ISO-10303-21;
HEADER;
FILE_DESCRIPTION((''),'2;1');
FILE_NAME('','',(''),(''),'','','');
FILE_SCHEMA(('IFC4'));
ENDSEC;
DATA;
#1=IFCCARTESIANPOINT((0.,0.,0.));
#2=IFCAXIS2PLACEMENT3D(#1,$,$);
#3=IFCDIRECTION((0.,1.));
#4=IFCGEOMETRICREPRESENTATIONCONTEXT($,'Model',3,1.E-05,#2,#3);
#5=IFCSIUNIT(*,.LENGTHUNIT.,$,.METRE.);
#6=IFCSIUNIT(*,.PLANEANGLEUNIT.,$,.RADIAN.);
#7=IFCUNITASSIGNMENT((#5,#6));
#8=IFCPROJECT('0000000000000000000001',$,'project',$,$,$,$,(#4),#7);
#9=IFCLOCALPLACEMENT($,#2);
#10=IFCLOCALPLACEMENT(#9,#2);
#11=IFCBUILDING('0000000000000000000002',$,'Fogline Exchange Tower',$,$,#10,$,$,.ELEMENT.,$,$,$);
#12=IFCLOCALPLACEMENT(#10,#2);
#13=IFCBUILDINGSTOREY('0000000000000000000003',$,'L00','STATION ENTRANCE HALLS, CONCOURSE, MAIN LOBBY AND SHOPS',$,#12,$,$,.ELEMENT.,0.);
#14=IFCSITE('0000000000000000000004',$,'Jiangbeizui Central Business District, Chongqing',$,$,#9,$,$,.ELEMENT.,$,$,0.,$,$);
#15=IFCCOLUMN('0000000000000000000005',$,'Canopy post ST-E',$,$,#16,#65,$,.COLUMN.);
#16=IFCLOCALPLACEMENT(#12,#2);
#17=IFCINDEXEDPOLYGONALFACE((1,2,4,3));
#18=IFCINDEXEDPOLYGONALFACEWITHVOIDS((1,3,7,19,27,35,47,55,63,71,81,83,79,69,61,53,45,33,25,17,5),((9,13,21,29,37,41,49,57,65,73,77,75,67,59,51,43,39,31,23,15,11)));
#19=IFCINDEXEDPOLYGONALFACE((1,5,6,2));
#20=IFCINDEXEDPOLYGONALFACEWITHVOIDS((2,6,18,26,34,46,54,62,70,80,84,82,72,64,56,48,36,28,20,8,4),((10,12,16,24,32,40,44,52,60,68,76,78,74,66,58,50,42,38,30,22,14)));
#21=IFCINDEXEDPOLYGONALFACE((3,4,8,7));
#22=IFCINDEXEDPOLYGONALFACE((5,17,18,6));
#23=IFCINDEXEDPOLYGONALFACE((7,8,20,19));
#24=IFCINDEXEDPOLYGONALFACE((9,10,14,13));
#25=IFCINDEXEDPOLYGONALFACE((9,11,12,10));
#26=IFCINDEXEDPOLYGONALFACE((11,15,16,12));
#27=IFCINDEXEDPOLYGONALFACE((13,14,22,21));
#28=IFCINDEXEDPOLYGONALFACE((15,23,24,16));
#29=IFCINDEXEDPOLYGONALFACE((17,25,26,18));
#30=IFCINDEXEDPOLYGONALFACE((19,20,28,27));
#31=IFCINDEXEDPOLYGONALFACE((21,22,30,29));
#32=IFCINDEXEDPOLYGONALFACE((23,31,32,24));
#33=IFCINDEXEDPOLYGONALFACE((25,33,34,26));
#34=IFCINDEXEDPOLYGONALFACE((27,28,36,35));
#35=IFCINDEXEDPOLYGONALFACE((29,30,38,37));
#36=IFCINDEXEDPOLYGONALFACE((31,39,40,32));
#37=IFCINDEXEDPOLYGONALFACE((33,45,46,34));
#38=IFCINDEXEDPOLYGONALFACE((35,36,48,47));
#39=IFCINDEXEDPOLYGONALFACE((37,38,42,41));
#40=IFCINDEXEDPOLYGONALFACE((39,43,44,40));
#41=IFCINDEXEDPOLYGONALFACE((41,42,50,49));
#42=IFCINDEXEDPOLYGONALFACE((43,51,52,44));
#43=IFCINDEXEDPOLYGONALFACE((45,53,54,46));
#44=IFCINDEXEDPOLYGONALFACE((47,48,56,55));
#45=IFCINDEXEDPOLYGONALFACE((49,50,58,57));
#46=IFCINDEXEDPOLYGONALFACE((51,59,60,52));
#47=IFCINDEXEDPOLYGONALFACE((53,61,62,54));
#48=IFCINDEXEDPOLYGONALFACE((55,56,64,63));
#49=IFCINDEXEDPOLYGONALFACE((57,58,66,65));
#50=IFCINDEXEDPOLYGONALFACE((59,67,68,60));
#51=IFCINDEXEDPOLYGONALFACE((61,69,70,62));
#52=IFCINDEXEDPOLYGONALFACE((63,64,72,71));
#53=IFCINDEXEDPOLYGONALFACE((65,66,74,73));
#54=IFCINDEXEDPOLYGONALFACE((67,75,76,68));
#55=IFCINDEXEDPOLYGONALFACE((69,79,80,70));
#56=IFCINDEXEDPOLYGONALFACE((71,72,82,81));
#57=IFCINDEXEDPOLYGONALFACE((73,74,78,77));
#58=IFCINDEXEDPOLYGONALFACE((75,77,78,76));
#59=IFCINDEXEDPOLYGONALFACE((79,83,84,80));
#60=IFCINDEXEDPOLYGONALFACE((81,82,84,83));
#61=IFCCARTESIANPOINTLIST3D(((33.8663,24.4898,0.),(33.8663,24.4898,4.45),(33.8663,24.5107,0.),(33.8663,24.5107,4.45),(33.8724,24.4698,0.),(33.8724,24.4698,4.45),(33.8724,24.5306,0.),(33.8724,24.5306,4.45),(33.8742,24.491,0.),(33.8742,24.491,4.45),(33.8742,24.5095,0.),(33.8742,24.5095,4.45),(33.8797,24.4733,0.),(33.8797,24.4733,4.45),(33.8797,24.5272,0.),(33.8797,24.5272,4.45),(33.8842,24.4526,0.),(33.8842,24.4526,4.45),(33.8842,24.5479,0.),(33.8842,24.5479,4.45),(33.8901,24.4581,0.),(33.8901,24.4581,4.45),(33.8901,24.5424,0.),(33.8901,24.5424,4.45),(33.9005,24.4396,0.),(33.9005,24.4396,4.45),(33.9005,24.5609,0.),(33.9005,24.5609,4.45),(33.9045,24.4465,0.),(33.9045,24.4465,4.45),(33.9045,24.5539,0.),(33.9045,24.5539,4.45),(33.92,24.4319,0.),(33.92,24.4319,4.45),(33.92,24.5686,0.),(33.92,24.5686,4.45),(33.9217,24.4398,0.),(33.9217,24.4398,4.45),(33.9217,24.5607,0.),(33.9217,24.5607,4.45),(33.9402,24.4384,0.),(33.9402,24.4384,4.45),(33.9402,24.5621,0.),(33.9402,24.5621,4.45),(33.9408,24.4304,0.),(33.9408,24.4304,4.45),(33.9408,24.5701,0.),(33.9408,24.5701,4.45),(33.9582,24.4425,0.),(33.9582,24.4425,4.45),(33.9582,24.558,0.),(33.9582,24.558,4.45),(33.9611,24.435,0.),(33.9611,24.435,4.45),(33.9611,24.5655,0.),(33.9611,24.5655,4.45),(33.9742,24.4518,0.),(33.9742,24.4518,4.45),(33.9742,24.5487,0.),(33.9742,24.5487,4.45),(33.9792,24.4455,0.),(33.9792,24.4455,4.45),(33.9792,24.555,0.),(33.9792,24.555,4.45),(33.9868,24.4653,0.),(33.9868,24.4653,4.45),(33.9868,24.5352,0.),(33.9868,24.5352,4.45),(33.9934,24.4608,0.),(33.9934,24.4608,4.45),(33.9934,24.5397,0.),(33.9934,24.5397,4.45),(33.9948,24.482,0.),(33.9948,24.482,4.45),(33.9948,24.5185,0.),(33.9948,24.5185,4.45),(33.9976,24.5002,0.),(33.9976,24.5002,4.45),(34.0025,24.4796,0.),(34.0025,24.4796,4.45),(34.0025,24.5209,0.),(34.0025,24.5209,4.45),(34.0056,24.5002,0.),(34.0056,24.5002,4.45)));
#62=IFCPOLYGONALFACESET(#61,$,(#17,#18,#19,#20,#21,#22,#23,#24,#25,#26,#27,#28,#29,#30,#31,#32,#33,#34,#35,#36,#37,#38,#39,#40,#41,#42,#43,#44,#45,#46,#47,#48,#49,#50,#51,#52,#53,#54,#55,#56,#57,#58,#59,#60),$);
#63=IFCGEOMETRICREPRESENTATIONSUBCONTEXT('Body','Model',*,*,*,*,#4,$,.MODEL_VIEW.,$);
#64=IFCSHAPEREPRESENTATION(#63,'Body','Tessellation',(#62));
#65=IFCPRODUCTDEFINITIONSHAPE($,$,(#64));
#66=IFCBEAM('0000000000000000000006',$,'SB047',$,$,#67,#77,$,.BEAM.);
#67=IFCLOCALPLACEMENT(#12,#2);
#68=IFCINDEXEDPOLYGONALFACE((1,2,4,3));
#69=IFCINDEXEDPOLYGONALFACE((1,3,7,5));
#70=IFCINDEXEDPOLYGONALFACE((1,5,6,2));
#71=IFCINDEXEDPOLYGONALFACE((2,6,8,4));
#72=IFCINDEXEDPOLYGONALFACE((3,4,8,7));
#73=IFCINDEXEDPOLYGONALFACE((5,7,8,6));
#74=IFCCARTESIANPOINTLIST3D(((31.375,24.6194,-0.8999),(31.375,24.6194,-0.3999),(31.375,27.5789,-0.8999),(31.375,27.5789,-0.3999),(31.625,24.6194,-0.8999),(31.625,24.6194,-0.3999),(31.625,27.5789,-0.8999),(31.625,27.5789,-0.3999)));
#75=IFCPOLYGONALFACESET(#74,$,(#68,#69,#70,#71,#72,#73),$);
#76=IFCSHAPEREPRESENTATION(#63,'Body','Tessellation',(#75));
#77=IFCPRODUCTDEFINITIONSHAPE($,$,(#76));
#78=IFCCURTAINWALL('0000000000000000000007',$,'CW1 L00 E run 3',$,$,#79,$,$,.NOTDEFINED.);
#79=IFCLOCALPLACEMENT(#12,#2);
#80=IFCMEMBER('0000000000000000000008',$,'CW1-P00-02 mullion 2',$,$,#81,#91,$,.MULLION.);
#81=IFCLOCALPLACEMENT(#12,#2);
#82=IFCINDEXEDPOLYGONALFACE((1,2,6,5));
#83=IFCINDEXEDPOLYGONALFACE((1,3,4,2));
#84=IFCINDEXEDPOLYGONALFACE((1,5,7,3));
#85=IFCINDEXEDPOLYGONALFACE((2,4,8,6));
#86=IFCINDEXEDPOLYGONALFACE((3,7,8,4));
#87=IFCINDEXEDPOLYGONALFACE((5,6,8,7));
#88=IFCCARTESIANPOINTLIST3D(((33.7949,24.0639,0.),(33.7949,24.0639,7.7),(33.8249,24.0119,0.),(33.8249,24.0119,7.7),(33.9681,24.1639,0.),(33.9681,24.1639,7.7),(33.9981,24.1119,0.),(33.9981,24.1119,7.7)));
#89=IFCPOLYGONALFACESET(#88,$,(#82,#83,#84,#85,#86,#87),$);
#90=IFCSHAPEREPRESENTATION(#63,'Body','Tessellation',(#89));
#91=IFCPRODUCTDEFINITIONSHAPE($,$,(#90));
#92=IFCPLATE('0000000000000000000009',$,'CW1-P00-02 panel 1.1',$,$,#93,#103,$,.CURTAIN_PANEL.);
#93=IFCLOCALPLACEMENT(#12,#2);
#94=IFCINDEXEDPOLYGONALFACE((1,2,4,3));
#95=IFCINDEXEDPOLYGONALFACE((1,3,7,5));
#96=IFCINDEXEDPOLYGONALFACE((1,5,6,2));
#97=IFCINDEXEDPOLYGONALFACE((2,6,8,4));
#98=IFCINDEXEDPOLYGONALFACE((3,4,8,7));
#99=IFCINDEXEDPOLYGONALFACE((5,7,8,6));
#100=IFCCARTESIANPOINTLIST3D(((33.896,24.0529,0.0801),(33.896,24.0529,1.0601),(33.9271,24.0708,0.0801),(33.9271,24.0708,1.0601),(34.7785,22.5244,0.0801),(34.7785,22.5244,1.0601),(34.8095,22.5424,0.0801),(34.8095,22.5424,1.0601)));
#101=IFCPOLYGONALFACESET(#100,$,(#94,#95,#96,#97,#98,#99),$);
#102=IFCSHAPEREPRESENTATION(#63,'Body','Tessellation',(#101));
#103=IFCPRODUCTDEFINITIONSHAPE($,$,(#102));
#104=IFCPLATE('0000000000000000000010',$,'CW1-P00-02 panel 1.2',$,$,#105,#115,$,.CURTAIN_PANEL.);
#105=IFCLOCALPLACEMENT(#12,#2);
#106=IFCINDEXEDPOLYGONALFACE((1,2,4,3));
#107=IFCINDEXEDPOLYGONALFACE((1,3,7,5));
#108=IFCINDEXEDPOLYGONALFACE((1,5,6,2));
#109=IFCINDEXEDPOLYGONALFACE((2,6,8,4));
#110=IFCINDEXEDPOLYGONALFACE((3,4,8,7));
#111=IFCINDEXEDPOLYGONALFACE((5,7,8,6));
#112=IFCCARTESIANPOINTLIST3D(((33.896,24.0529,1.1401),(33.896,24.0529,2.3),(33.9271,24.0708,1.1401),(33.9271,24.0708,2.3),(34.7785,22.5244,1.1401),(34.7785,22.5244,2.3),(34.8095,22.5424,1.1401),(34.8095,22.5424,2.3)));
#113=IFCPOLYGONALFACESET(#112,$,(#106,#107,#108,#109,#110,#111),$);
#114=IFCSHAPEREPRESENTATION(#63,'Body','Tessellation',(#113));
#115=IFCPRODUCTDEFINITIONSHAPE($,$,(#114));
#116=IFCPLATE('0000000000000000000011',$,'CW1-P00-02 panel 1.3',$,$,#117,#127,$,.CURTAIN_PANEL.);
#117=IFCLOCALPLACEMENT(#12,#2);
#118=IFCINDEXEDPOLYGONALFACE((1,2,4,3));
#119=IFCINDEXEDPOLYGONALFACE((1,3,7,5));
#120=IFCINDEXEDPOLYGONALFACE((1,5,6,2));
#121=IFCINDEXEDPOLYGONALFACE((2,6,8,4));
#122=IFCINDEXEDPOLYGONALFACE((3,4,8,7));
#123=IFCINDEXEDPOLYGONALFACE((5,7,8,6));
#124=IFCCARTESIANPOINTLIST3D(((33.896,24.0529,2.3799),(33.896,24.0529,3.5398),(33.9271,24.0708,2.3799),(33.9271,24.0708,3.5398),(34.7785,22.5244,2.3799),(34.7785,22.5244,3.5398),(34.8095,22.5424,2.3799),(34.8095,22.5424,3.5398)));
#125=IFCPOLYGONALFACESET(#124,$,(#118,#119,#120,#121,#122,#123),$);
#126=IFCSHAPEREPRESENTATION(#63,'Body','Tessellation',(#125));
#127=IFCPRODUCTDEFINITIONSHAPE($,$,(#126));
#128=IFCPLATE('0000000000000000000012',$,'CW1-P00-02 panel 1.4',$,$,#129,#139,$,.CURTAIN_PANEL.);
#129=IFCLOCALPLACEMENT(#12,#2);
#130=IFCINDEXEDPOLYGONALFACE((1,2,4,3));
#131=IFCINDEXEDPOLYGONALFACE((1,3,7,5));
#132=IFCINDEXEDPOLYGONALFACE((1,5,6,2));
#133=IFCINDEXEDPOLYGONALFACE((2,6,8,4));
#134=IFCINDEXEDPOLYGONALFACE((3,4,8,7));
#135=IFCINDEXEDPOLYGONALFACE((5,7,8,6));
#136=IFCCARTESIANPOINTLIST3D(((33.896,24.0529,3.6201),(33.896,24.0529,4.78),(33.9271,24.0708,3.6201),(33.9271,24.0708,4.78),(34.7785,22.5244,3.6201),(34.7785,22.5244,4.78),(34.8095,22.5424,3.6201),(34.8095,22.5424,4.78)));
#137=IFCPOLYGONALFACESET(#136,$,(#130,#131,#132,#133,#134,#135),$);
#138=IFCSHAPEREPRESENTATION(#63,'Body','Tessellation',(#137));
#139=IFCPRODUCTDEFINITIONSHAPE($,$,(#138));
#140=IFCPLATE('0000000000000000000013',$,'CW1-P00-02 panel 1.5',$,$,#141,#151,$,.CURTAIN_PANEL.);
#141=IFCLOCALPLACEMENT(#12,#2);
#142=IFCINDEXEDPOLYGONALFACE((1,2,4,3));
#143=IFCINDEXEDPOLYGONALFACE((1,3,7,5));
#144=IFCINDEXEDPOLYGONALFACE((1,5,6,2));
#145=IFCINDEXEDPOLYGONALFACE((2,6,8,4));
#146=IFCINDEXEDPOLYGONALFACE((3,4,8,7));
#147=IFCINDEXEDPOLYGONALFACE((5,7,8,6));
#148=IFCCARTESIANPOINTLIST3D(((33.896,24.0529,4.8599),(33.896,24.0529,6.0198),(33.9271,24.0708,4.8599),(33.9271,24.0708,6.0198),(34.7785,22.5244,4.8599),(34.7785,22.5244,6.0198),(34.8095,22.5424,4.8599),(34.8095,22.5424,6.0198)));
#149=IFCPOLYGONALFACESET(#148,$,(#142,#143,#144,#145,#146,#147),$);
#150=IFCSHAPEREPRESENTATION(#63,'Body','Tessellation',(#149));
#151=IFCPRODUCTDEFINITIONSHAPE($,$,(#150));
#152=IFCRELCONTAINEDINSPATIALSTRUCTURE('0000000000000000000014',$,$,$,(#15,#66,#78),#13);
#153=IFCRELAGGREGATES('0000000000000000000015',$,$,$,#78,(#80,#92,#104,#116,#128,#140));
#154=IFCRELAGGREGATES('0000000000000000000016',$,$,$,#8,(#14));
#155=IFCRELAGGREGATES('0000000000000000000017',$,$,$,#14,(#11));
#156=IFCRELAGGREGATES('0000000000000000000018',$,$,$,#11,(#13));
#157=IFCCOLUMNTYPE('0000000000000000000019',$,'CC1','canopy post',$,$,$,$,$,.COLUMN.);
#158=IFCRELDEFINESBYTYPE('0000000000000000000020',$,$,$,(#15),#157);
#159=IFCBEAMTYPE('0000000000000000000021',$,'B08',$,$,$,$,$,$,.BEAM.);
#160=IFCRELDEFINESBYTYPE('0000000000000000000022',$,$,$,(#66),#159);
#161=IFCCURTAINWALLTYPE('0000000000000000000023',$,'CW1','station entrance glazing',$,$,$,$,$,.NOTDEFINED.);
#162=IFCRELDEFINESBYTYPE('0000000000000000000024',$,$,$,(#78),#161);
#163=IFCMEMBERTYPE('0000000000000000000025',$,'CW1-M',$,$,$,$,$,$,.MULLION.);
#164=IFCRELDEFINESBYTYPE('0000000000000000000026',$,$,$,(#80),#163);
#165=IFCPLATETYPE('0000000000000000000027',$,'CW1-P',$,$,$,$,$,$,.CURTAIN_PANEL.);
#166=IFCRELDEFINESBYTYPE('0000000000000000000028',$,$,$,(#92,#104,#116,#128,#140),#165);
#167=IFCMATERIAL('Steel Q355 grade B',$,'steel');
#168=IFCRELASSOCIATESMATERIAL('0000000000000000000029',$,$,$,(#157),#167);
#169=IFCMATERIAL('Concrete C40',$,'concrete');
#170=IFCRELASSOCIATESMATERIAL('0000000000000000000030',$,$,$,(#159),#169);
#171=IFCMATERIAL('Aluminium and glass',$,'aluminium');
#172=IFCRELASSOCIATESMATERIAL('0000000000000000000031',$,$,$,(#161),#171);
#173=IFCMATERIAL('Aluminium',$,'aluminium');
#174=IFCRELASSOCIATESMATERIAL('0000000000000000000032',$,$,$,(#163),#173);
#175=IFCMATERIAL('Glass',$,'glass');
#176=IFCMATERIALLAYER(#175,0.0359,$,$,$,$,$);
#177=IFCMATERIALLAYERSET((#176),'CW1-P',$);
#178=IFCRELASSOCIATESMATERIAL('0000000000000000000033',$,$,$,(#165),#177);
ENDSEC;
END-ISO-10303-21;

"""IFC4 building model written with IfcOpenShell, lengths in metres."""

from ifc_helpers import new_model, si_unit, direction, frame, origin, origin_2d, place, context, subcontext, project, spatial, rectangle, hollow_circle, extrude, material, layer, layer_set, material_profile, profile_set, type_object, element, aggregate, save


model = new_model("IFC4")

# Units and contexts
model_context = context("Model", 3, precision=1e-05, world=origin(), true_north=direction((0.0, 1.0)))
body_context = subcontext(model_context, "Body", "Model", "MODEL_VIEW")
ifc_project = project(units=[si_unit("LENGTHUNIT", "METRE"), si_unit("PLANEANGLEUNIT", "RADIAN")], contexts=[model_context])

# Site, building, storey
site_placement = place(None, origin())
site = spatial("IfcSite", under=ifc_project, at=site_placement, Name="Jiangbeizui Central Business District, Chongqing", CompositionType="ELEMENT", RefElevation=0.0)
building_placement = place(site_placement, origin())
building = spatial("IfcBuilding", under=site, at=building_placement, Name="Fogline Exchange Tower", CompositionType="ELEMENT")
storey_placement = place(building_placement, origin())
storey = spatial("IfcBuildingStorey", under=building, at=storey_placement, Name="L00", Description="STATION ENTRANCE HALLS, CONCOURSE, MAIN LOBBY AND SHOPS", CompositionType="ELEMENT", Elevation=0.0)

# Column
ifc_material_1 = material(Name="Steel Q355 grade B", Category="steel")
ifc_material_profile_1 = material_profile(ifc_material_1, hollow_circle(Radius=0.0701, WallThickness=0.0081, at=origin_2d()), Name="CHS 140x8")
ifc_profile_set_1 = profile_set([ifc_material_profile_1], Name="Steel Q355 grade B")
column_type = type_object("IfcColumnType", Name="CC1", Description="canopy post", PredefinedType="COLUMN", material=ifc_profile_set_1)
column_placement = place(storey_placement, frame((33.9355, 24.5002, 0.0), z_axis=(0.0, 0.0, 1.0), x_axis=(1.0, 0.0, 0.0)))
element("IfcColumn", 1, at=column_placement, inside=storey, type_object=column_type, Name="Canopy post ST-E", PredefinedType="COLUMN", context=body_context, shape_type="SweptSolid", body=[
    extrude(hollow_circle(Radius=0.0701, WallThickness=0.0081, at=origin_2d()), origin(), (0.0, 0.0, 1.0), 4.45),
])

# Beam
ifc_material_2 = material(Name="Concrete C40", Category="concrete")
ifc_material_profile_2 = material_profile(ifc_material_2, rectangle(XDim=0.25, YDim=0.5, at=origin_2d()), Name="RC 250x500")
ifc_profile_set_2 = profile_set([ifc_material_profile_2], Name="Concrete C40")
beam_type = type_object("IfcBeamType", Name="B08", PredefinedType="BEAM", material=ifc_profile_set_2)
beam_placement = place(storey_placement, frame((31.5, 24.6194, -0.6499), z_axis=(0.0, 1.0, 0.0), x_axis=(-1.0, 0.0, 0.0)))
element("IfcBeam", 2, at=beam_placement, inside=storey, type_object=beam_type, Name="SB047", PredefinedType="BEAM", context=body_context, shape_type="SweptSolid", body=[
    extrude(rectangle(XDim=0.25, YDim=0.5, at=origin_2d()), origin(), (0.0, 0.0, 1.0), 2.9595),
])

# Curtain wall, member, plates
ifc_material_3 = material(Name="Aluminium and glass", Category="aluminium")
curtain_wall_type = type_object("IfcCurtainWallType", Name="CW1", Description="station entrance glazing", PredefinedType="NOTDEFINED", material=ifc_material_3)
curtain_wall_placement = place(storey_placement, origin())
curtain_wall = element("IfcCurtainWall", 3, at=curtain_wall_placement, inside=storey, type_object=curtain_wall_type, Name="CW1 L00 E run 3", PredefinedType="NOTDEFINED")
ifc_material_4 = material(Name="Aluminium", Category="aluminium")
ifc_material_profile_3 = material_profile(ifc_material_4, rectangle(XDim=0.2, YDim=0.0601, at=origin_2d()), Name="Mullion 60x200")
ifc_profile_set_3 = profile_set([ifc_material_profile_3], Name="Aluminium")
member_type = type_object("IfcMemberType", Name="CW1-M", PredefinedType="MULLION", material=ifc_profile_set_3)
member_placement = place(storey_placement, frame((33.8965, 24.0879, 0.0), z_axis=(0.0, 0.0, 1.0), x_axis=(-0.866024, -0.500002, 0.0)))
member = element("IfcMember", 4, at=member_placement, type_object=member_type, Name="CW1-P00-02 mullion 2", PredefinedType="MULLION", context=body_context, shape_type="SweptSolid", body=[
    extrude(rectangle(XDim=0.2, YDim=0.0601, at=origin_2d()), origin(), (0.0, 0.0, 1.0), 7.7),
])
ifc_material_5 = material(Name="Glass", Category="glass")
ifc_layer_1 = layer(ifc_material_5, 0.0359)
ifc_layer_set_1 = layer_set([ifc_layer_1], Name="CW1-P")
plate_type = type_object("IfcPlateType", Name="CW1-P", PredefinedType="CURTAIN_PANEL", material=ifc_layer_set_1)
plate_1_placement = place(storey_placement, frame((34.3528, 23.2976, 0.0801), z_axis=(0.0, 0.0, 1.0), x_axis=(-0.500002, 0.866024, 0.0)))
plate_1 = element("IfcPlate", 5, at=plate_1_placement, type_object=plate_type, Name="CW1-P00-02 panel 1.1", PredefinedType="CURTAIN_PANEL", context=body_context, shape_type="SweptSolid", body=[
    extrude(rectangle(XDim=1.7649, YDim=0.0359, at=origin_2d()), origin(), (0.0, 0.0, 1.0), 0.98),
])
plate_2_placement = place(storey_placement, frame((34.3528, 23.2976, 1.1401), z_axis=(0.0, 0.0, 1.0), x_axis=(-0.500002, 0.866024, 0.0)))
plate_2 = element("IfcPlate", 6, at=plate_2_placement, type_object=plate_type, Name="CW1-P00-02 panel 1.2", PredefinedType="CURTAIN_PANEL", context=body_context, shape_type="SweptSolid", body=[
    extrude(rectangle(XDim=1.7649, YDim=0.0359, at=origin_2d()), origin(), (0.0, 0.0, 1.0), 1.1599),
])
plate_3_placement = place(storey_placement, frame((34.3528, 23.2976, 2.3799), z_axis=(0.0, 0.0, 1.0), x_axis=(-0.500002, 0.866024, 0.0)))
plate_3 = element("IfcPlate", 7, at=plate_3_placement, type_object=plate_type, Name="CW1-P00-02 panel 1.3", PredefinedType="CURTAIN_PANEL", context=body_context, shape_type="SweptSolid", body=[
    extrude(rectangle(XDim=1.7649, YDim=0.0359, at=origin_2d()), origin(), (0.0, 0.0, 1.0), 1.1599),
])
plate_4_placement = place(storey_placement, frame((34.3528, 23.2976, 3.6201), z_axis=(0.0, 0.0, 1.0), x_axis=(-0.500002, 0.866024, 0.0)))
plate_4 = element("IfcPlate", 8, at=plate_4_placement, type_object=plate_type, Name="CW1-P00-02 panel 1.4", PredefinedType="CURTAIN_PANEL", context=body_context, shape_type="SweptSolid", body=[
    extrude(rectangle(XDim=1.7649, YDim=0.0359, at=origin_2d()), origin(), (0.0, 0.0, 1.0), 1.1599),
])
plate_5_placement = place(storey_placement, frame((34.3528, 23.2976, 4.8599), z_axis=(0.0, 0.0, 1.0), x_axis=(-0.500002, 0.866024, 0.0)))
plate_5 = element("IfcPlate", 9, at=plate_5_placement, type_object=plate_type, Name="CW1-P00-02 panel 1.5", PredefinedType="CURTAIN_PANEL", context=body_context, shape_type="SweptSolid", body=[
    extrude(rectangle(XDim=1.7649, YDim=0.0359, at=origin_2d()), origin(), (0.0, 0.0, 1.0), 1.1599),
])
aggregate(curtain_wall, [member, plate_1, plate_2, plate_3, plate_4, plate_5])

save(model, "model.ifc")
